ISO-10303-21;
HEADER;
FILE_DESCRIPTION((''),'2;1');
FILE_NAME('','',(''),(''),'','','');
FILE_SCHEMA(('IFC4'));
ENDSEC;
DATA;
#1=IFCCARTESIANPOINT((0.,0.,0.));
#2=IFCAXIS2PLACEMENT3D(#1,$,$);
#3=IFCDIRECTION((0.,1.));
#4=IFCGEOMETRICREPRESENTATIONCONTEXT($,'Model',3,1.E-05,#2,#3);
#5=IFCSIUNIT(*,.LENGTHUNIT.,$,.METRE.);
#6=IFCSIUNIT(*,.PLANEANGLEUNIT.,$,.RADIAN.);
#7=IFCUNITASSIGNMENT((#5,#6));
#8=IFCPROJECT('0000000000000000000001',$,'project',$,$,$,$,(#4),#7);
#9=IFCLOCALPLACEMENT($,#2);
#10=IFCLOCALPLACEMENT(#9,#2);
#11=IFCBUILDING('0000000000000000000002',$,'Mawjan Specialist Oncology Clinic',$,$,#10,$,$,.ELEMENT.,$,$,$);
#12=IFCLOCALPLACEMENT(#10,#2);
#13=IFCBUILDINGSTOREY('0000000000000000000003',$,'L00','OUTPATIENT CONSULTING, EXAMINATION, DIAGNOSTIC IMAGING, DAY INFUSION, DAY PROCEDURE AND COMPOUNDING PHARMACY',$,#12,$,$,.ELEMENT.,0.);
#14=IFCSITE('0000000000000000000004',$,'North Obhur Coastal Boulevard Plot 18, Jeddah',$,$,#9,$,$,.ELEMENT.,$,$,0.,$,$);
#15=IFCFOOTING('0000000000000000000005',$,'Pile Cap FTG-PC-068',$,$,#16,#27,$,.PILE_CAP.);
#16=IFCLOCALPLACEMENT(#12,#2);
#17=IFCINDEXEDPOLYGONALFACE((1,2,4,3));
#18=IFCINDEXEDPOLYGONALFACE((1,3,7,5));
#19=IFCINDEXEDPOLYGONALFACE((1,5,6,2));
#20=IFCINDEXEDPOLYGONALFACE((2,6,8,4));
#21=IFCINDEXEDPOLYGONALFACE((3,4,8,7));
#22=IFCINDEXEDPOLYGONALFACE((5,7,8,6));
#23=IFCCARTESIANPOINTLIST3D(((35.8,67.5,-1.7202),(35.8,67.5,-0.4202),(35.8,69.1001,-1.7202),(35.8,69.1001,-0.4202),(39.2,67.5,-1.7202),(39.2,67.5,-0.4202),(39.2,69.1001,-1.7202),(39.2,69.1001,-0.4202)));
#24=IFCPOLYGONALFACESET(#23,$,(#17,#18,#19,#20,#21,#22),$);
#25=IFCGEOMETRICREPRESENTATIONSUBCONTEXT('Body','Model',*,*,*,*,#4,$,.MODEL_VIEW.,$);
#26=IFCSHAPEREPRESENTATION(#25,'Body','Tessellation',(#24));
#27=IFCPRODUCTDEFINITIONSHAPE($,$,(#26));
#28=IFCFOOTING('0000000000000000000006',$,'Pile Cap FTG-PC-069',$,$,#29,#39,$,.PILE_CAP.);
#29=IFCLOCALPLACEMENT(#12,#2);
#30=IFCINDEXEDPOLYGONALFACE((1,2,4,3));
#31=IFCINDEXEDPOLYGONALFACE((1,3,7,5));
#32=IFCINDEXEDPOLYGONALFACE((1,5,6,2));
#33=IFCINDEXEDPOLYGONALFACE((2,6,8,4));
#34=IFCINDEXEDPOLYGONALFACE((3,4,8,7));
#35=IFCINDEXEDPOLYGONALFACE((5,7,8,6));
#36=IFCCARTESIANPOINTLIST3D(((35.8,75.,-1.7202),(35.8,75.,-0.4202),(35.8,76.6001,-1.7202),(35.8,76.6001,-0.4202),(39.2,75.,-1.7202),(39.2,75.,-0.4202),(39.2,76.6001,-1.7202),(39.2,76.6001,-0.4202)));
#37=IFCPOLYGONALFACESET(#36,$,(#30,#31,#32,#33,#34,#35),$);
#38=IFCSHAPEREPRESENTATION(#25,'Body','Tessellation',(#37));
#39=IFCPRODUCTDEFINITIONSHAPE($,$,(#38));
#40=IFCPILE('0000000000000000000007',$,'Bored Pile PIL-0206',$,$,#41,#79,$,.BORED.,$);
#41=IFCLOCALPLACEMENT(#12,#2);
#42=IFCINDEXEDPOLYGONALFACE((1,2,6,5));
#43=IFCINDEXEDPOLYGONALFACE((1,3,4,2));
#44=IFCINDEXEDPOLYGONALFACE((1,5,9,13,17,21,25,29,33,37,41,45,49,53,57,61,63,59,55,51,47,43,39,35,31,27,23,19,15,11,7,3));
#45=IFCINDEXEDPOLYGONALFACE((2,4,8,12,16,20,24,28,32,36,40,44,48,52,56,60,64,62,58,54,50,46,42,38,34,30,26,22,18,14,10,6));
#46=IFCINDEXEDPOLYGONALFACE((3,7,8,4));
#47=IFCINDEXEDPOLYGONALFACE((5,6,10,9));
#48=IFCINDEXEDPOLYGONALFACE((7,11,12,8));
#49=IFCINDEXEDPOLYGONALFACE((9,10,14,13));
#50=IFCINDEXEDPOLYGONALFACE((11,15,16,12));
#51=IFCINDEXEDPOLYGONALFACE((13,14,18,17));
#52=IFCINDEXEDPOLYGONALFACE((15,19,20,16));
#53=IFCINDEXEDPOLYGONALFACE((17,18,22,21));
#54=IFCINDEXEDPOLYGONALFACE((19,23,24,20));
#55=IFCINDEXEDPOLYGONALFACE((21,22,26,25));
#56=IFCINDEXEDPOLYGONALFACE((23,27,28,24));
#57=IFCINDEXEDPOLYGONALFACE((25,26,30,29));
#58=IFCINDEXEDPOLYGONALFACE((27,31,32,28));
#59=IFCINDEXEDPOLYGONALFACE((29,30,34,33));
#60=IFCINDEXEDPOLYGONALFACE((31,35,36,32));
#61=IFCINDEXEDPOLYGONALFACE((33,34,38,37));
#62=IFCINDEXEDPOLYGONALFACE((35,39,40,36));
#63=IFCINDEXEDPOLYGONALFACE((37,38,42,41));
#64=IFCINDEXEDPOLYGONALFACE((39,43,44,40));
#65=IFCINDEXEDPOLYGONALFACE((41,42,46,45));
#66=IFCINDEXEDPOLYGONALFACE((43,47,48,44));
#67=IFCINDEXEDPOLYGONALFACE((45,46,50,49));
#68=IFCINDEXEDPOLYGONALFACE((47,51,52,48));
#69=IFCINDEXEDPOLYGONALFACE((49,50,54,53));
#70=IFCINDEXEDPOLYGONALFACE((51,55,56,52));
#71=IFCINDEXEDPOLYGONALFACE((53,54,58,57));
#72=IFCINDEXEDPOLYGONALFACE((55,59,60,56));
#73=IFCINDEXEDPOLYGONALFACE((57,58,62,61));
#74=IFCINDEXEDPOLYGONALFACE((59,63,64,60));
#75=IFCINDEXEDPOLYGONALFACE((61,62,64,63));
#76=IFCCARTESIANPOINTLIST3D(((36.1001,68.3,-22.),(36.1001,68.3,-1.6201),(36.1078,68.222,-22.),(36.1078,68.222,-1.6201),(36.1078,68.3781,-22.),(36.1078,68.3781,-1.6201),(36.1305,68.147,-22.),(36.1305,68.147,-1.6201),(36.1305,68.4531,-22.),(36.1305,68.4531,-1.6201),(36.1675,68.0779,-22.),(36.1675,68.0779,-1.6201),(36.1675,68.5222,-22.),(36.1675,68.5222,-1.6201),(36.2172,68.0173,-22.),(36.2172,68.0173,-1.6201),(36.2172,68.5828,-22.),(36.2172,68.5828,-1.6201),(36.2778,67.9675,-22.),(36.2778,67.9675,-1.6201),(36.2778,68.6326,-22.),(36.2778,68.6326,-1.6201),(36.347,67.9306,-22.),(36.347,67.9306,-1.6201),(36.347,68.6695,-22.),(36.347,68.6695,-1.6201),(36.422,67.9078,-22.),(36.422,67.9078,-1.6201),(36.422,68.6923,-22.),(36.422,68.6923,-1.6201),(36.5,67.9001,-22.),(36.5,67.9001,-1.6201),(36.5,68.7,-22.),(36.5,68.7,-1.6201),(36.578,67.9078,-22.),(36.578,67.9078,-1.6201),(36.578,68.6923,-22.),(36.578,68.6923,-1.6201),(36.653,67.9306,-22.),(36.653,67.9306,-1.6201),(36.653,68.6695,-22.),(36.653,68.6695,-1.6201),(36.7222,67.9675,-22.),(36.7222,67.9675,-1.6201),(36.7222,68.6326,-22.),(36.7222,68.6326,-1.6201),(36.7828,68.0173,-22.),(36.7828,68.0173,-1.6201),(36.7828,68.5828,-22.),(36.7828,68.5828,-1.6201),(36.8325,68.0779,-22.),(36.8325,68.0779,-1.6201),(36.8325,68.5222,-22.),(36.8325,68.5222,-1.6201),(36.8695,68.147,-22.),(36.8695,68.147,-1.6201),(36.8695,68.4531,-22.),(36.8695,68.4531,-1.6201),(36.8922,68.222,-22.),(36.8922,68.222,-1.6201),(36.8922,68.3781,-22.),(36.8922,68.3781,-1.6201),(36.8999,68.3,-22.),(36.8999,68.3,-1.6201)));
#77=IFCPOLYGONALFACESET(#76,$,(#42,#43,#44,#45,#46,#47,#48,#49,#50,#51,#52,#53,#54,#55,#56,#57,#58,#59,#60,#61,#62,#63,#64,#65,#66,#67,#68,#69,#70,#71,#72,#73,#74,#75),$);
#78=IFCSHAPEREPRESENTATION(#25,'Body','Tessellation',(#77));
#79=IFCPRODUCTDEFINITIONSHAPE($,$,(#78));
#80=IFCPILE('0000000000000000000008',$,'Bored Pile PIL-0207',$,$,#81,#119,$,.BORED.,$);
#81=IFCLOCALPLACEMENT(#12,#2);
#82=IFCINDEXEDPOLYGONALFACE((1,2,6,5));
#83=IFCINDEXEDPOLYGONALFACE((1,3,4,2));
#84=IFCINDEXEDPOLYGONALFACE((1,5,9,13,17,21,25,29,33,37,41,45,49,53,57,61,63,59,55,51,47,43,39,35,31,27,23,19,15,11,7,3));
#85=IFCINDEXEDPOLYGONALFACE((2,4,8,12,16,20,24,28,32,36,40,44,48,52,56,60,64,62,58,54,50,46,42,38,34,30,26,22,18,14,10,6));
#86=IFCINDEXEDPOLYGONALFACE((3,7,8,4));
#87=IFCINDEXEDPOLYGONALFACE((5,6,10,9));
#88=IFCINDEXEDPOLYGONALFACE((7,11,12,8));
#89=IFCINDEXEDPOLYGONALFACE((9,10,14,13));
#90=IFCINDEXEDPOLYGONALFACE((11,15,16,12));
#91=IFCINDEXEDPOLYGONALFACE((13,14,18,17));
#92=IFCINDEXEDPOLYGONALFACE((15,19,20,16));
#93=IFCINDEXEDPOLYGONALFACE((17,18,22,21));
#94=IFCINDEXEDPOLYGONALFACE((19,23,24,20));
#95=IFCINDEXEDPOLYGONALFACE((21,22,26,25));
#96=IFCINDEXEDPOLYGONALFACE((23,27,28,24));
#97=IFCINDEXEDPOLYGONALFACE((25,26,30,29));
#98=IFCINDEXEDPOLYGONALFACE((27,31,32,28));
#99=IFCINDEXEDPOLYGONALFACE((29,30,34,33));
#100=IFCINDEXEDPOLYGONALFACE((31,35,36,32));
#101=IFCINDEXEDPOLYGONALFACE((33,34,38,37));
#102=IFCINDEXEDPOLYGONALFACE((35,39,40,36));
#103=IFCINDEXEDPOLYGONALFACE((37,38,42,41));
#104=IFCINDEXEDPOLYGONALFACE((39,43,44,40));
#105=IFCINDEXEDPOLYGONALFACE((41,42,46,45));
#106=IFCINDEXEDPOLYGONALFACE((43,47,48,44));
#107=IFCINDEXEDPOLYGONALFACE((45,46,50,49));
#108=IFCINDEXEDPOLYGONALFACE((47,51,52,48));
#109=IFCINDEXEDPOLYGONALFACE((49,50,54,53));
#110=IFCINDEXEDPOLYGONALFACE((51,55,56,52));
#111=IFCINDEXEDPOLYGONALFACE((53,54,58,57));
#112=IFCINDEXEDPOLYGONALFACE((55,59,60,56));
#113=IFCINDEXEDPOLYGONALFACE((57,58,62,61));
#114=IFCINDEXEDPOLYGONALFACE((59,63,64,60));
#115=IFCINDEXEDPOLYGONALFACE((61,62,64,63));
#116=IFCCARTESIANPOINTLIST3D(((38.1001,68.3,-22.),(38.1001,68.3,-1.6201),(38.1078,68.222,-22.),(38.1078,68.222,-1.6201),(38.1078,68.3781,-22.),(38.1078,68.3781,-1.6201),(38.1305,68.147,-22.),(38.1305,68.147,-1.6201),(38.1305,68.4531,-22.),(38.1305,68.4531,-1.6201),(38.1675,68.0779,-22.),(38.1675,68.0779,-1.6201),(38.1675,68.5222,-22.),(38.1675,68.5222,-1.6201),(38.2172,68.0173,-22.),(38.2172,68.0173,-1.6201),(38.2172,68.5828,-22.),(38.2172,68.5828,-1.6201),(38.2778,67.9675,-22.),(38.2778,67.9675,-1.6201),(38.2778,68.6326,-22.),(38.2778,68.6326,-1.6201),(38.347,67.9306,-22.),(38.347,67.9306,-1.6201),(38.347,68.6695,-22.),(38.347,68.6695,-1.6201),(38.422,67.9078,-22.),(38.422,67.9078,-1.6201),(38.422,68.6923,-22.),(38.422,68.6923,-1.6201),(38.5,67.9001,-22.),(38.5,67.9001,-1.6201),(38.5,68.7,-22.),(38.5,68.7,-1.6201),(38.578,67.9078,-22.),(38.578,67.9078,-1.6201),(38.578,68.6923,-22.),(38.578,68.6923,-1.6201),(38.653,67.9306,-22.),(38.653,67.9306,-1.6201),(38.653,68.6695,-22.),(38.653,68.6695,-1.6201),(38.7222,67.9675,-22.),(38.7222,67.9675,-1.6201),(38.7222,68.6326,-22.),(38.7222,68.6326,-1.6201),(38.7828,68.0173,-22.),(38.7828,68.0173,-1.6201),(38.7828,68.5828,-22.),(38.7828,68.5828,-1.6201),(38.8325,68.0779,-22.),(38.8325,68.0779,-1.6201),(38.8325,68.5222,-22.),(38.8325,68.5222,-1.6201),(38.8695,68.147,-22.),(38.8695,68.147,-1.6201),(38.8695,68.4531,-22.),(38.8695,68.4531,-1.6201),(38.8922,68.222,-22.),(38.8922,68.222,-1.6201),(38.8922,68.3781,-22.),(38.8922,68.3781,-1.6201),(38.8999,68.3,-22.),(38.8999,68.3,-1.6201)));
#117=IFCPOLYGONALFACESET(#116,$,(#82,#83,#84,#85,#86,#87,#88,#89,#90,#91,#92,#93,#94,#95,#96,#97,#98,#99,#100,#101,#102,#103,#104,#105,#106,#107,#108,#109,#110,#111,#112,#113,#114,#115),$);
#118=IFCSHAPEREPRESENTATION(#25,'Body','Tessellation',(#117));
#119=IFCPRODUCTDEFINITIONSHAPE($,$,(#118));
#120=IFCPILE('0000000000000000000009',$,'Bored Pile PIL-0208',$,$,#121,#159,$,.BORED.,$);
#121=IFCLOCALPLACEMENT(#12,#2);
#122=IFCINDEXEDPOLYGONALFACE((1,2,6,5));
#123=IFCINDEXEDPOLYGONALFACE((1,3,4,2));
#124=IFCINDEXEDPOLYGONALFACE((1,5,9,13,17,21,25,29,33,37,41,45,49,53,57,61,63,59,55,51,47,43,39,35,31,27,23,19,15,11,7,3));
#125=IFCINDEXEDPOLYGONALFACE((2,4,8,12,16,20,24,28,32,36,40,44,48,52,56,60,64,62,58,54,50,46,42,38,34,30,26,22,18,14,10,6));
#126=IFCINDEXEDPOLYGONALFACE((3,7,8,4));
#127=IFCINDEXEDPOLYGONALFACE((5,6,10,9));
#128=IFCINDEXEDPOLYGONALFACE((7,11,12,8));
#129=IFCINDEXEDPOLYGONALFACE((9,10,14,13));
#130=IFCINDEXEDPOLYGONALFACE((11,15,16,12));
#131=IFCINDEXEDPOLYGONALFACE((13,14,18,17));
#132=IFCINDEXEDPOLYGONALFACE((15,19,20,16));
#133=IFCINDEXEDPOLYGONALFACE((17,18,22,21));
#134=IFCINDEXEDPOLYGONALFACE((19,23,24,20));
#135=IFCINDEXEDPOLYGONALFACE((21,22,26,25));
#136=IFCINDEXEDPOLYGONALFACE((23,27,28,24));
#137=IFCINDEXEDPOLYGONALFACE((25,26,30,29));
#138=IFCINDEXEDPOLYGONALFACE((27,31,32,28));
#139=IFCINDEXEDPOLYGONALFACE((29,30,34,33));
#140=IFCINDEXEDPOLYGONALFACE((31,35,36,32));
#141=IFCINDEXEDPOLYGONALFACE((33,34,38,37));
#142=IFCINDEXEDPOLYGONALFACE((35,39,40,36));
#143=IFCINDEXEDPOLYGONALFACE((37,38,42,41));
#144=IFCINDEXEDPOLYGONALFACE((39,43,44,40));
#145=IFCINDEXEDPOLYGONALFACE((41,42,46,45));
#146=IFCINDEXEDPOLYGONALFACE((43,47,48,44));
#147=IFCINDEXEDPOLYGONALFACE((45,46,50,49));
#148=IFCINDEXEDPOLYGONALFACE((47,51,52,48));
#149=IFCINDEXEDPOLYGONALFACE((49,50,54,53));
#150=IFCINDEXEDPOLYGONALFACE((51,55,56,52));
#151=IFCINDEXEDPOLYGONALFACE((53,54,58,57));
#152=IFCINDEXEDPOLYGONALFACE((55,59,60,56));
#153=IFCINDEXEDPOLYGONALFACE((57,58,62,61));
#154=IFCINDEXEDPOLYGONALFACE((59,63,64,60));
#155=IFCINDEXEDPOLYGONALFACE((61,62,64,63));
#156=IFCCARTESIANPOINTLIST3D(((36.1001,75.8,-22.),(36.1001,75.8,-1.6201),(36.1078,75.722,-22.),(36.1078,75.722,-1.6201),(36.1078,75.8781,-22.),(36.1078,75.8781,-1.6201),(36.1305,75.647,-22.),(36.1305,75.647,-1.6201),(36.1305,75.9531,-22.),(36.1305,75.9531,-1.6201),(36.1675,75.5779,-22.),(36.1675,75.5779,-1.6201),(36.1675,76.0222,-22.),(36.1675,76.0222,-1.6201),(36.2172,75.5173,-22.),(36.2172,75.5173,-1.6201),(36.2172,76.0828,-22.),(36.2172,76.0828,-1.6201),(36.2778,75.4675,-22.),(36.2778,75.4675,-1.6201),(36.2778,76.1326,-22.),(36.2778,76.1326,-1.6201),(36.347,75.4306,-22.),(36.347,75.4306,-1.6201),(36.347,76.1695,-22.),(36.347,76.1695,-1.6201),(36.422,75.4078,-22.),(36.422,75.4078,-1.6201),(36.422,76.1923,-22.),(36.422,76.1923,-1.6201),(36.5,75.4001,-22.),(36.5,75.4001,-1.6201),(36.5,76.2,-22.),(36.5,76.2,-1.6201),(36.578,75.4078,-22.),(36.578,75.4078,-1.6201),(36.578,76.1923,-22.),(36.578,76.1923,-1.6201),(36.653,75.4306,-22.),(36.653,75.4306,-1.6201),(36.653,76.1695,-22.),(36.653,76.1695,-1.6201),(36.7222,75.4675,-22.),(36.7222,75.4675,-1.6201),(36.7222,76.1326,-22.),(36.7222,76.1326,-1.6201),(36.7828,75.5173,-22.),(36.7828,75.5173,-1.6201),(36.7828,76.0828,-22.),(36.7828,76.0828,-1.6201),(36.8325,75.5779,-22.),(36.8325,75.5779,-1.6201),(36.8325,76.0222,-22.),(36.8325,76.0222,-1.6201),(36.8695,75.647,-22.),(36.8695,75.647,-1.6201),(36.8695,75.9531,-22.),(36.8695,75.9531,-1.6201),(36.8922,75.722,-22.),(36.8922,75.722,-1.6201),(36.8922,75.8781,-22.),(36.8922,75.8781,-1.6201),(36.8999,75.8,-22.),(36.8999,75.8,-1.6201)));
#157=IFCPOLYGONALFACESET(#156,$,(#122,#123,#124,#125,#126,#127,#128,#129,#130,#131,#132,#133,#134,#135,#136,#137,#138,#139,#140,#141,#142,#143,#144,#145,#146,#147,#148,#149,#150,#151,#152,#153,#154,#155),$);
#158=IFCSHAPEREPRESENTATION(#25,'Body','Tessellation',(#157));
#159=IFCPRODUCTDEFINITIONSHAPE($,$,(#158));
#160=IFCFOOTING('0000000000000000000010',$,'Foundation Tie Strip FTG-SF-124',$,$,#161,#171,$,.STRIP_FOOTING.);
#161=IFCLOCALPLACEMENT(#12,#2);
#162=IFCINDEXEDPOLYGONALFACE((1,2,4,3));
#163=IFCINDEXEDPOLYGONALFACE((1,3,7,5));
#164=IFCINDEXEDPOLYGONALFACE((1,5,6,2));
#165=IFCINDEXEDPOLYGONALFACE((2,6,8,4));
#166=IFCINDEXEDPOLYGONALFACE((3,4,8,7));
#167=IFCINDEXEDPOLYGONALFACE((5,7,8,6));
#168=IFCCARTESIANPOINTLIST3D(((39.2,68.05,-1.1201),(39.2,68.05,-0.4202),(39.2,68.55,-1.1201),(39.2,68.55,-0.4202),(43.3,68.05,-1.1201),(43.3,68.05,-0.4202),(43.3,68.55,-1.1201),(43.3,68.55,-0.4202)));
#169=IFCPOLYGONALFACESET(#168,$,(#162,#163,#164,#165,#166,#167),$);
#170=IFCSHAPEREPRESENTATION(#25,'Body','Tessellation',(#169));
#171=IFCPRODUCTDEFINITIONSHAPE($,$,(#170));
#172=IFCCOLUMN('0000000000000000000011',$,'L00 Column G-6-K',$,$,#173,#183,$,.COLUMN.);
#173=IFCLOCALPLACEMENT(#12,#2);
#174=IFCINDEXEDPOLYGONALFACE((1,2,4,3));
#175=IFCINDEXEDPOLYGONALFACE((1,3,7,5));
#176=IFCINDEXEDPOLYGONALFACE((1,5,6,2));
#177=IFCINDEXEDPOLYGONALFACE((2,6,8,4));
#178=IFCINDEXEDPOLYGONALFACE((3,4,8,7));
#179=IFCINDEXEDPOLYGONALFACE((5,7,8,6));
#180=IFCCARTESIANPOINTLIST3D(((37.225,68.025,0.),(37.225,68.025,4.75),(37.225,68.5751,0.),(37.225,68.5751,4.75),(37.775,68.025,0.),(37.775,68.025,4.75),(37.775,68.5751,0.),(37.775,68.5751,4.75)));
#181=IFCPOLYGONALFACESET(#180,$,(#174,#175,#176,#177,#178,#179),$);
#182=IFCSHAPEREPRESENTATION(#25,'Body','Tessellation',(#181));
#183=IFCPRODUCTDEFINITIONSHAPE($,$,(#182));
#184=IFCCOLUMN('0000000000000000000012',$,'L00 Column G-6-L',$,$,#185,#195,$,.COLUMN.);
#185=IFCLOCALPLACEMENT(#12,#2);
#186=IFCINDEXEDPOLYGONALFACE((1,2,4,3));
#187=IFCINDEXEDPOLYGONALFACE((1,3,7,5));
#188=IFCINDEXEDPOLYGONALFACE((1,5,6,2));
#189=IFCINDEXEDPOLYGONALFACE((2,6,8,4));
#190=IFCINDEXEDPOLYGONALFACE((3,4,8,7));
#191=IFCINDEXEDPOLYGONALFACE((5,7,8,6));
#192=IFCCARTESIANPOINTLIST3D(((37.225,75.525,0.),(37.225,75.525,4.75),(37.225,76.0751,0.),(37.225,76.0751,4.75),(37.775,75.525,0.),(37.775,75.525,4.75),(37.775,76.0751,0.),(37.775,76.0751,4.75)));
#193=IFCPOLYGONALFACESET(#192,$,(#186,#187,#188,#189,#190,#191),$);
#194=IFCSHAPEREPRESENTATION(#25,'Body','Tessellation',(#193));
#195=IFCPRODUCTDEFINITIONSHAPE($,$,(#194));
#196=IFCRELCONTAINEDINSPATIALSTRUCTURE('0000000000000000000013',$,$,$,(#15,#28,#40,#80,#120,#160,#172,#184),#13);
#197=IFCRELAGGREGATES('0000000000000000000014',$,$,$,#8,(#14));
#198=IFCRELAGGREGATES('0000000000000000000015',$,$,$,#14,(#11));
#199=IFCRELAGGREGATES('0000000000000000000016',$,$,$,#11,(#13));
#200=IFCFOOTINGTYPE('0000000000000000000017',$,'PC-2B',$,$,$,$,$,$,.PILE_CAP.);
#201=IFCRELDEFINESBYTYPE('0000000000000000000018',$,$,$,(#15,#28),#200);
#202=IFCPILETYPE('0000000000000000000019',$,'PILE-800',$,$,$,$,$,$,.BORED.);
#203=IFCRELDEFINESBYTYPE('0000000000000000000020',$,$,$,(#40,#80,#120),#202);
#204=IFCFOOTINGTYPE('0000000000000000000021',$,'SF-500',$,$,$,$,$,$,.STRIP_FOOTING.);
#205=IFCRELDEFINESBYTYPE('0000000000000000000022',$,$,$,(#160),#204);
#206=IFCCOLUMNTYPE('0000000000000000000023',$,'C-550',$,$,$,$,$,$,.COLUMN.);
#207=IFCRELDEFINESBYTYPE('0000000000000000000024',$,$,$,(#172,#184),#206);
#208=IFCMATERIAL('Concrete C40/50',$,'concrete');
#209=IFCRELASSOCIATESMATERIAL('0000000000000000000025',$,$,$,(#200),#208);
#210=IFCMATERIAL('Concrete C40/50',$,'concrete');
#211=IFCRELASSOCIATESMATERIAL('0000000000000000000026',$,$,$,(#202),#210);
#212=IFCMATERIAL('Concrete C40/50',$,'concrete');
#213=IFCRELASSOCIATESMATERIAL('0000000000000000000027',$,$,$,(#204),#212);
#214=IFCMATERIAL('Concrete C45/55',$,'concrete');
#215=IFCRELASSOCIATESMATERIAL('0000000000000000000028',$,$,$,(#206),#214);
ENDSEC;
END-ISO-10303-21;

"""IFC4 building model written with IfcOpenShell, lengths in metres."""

from ifc_helpers import new_model, si_unit, direction, frame, origin, origin_2d, place, context, subcontext, project, spatial, rectangle, circle, extrude, material, material_profile, profile_set, type_object, element, save


model = new_model("IFC4")

# Units and contexts
model_context = context("Model", 3, precision=1e-05, world=origin(), true_north=direction((0.0, 1.0)))
body_context = subcontext(model_context, "Body", "Model", "MODEL_VIEW")
ifc_project = project(units=[si_unit("LENGTHUNIT", "METRE"), si_unit("PLANEANGLEUNIT", "RADIAN")], contexts=[model_context])

# Site, building, storey
site_placement = place(None, origin())
site = spatial("IfcSite", under=ifc_project, at=site_placement, Name="North Obhur Coastal Boulevard Plot 18, Jeddah", CompositionType="ELEMENT", RefElevation=0.0)
building_placement = place(site_placement, origin())
building = spatial("IfcBuilding", under=site, at=building_placement, Name="Mawjan Specialist Oncology Clinic", CompositionType="ELEMENT")
storey_placement = place(building_placement, origin())
storey = spatial("IfcBuildingStorey", under=building, at=storey_placement, Name="L00", Description="OUTPATIENT CONSULTING, EXAMINATION, DIAGNOSTIC IMAGING, DAY INFUSION, DAY PROCEDURE AND COMPOUNDING PHARMACY", CompositionType="ELEMENT", Elevation=0.0)

# Footings
ifc_material_1 = material(Name="Concrete C40/50", Category="concrete")
footing_type_1 = type_object("IfcFootingType", Name="PC-2B", PredefinedType="PILE_CAP", material=ifc_material_1)
for number, where, z_axis, x_axis, name in (
    (1, (37.5, 68.3, -1.7202), (0.0, 0.0, 1.0), (1.0, 0.0, 0.0), "Pile Cap FTG-PC-068"),
    (2, (37.5, 75.8, -1.7202), (0.0, 0.0, 1.0), (1.0, 0.0, 0.0), "Pile Cap FTG-PC-069"),
):
    element("IfcFooting", number, at=place(storey_placement, frame(where, z_axis=z_axis, x_axis=x_axis)), inside=storey, type_object=footing_type_1, Name=name, PredefinedType="PILE_CAP", context=body_context, shape_type="SweptSolid", body=[
        extrude(rectangle(XDim=3.3999, YDim=1.6001, at=origin_2d()), origin(), (0.0, 0.0, 1.0), 1.3),
    ])

# Piles
ifc_material_2 = material(Name="Concrete C40/50", Category="concrete")
ifc_material_profile_1 = material_profile(ifc_material_2, circle(Radius=0.3999, at=origin_2d()), Name="BORED PILE D800", Category="concrete")
ifc_profile_set_1 = profile_set([ifc_material_profile_1], Name="Concrete C40/50")
pile_type = type_object("IfcPileType", Name="PILE-800", PredefinedType="BORED", material=ifc_profile_set_1)
for number, where, z_axis, x_axis, name in (
    (3, (36.5, 68.3, -1.6201), (0.0, 0.0, -1.0), (1.0, 0.0, 0.0), "Bored Pile PIL-0206"),
    (4, (38.5, 68.3, -1.6201), (0.0, 0.0, -1.0), (1.0, 0.0, 0.0), "Bored Pile PIL-0207"),
    (5, (36.5, 75.8, -1.6201), (0.0, 0.0, -1.0), (1.0, 0.0, 0.0), "Bored Pile PIL-0208"),
):
    element("IfcPile", number, at=place(storey_placement, frame(where, z_axis=z_axis, x_axis=x_axis)), inside=storey, type_object=pile_type, Name=name, PredefinedType="BORED", context=body_context, shape_type="SweptSolid", body=[
        extrude(circle(Radius=0.3999, at=origin_2d()), origin(), (0.0, 0.0, 1.0), 20.3799),
    ])

# Footing
ifc_material_3 = material(Name="Concrete C40/50", Category="concrete")
footing_type_2 = type_object("IfcFootingType", Name="SF-500", PredefinedType="STRIP_FOOTING", material=ifc_material_3)
footing_placement = place(storey_placement, frame((41.25, 68.3, -1.1201), z_axis=(0.0, 0.0, 1.0), x_axis=(1.0, 0.0, 0.0)))
element("IfcFooting", 6, at=footing_placement, inside=storey, type_object=footing_type_2, Name="Foundation Tie Strip FTG-SF-124", PredefinedType="STRIP_FOOTING", context=body_context, shape_type="SweptSolid", body=[
    extrude(rectangle(XDim=4.1001, YDim=0.5, at=origin_2d()), origin(), (0.0, 0.0, 1.0), 0.7),
])

# Columns
ifc_material_4 = material(Name="Concrete C45/55", Category="concrete")
ifc_material_profile_2 = material_profile(ifc_material_4, rectangle(XDim=0.55, YDim=0.55, at=origin_2d()), Name="RC COL 550x550", Category="concrete")
ifc_profile_set_2 = profile_set([ifc_material_profile_2], Name="Concrete C45/55")
column_type = type_object("IfcColumnType", Name="C-550", PredefinedType="COLUMN", material=ifc_profile_set_2)
for number, where, z_axis, x_axis, name in (
    (7, (37.5, 68.3, 0.0), (0.0, 0.0, 1.0), (1.0, 0.0, 0.0), "L00 Column G-6-K"),
    (8, (37.5, 75.8, 0.0), (0.0, 0.0, 1.0), (1.0, 0.0, 0.0), "L00 Column G-6-L"),
):
    element("IfcColumn", number, at=place(storey_placement, frame(where, z_axis=z_axis, x_axis=x_axis)), inside=storey, type_object=column_type, Name=name, PredefinedType="COLUMN", context=body_context, shape_type="SweptSolid", body=[
        extrude(rectangle(XDim=0.55, YDim=0.55, at=origin_2d()), origin(), (0.0, 0.0, 1.0), 4.75),
    ])

save(model, "model.ifc")
